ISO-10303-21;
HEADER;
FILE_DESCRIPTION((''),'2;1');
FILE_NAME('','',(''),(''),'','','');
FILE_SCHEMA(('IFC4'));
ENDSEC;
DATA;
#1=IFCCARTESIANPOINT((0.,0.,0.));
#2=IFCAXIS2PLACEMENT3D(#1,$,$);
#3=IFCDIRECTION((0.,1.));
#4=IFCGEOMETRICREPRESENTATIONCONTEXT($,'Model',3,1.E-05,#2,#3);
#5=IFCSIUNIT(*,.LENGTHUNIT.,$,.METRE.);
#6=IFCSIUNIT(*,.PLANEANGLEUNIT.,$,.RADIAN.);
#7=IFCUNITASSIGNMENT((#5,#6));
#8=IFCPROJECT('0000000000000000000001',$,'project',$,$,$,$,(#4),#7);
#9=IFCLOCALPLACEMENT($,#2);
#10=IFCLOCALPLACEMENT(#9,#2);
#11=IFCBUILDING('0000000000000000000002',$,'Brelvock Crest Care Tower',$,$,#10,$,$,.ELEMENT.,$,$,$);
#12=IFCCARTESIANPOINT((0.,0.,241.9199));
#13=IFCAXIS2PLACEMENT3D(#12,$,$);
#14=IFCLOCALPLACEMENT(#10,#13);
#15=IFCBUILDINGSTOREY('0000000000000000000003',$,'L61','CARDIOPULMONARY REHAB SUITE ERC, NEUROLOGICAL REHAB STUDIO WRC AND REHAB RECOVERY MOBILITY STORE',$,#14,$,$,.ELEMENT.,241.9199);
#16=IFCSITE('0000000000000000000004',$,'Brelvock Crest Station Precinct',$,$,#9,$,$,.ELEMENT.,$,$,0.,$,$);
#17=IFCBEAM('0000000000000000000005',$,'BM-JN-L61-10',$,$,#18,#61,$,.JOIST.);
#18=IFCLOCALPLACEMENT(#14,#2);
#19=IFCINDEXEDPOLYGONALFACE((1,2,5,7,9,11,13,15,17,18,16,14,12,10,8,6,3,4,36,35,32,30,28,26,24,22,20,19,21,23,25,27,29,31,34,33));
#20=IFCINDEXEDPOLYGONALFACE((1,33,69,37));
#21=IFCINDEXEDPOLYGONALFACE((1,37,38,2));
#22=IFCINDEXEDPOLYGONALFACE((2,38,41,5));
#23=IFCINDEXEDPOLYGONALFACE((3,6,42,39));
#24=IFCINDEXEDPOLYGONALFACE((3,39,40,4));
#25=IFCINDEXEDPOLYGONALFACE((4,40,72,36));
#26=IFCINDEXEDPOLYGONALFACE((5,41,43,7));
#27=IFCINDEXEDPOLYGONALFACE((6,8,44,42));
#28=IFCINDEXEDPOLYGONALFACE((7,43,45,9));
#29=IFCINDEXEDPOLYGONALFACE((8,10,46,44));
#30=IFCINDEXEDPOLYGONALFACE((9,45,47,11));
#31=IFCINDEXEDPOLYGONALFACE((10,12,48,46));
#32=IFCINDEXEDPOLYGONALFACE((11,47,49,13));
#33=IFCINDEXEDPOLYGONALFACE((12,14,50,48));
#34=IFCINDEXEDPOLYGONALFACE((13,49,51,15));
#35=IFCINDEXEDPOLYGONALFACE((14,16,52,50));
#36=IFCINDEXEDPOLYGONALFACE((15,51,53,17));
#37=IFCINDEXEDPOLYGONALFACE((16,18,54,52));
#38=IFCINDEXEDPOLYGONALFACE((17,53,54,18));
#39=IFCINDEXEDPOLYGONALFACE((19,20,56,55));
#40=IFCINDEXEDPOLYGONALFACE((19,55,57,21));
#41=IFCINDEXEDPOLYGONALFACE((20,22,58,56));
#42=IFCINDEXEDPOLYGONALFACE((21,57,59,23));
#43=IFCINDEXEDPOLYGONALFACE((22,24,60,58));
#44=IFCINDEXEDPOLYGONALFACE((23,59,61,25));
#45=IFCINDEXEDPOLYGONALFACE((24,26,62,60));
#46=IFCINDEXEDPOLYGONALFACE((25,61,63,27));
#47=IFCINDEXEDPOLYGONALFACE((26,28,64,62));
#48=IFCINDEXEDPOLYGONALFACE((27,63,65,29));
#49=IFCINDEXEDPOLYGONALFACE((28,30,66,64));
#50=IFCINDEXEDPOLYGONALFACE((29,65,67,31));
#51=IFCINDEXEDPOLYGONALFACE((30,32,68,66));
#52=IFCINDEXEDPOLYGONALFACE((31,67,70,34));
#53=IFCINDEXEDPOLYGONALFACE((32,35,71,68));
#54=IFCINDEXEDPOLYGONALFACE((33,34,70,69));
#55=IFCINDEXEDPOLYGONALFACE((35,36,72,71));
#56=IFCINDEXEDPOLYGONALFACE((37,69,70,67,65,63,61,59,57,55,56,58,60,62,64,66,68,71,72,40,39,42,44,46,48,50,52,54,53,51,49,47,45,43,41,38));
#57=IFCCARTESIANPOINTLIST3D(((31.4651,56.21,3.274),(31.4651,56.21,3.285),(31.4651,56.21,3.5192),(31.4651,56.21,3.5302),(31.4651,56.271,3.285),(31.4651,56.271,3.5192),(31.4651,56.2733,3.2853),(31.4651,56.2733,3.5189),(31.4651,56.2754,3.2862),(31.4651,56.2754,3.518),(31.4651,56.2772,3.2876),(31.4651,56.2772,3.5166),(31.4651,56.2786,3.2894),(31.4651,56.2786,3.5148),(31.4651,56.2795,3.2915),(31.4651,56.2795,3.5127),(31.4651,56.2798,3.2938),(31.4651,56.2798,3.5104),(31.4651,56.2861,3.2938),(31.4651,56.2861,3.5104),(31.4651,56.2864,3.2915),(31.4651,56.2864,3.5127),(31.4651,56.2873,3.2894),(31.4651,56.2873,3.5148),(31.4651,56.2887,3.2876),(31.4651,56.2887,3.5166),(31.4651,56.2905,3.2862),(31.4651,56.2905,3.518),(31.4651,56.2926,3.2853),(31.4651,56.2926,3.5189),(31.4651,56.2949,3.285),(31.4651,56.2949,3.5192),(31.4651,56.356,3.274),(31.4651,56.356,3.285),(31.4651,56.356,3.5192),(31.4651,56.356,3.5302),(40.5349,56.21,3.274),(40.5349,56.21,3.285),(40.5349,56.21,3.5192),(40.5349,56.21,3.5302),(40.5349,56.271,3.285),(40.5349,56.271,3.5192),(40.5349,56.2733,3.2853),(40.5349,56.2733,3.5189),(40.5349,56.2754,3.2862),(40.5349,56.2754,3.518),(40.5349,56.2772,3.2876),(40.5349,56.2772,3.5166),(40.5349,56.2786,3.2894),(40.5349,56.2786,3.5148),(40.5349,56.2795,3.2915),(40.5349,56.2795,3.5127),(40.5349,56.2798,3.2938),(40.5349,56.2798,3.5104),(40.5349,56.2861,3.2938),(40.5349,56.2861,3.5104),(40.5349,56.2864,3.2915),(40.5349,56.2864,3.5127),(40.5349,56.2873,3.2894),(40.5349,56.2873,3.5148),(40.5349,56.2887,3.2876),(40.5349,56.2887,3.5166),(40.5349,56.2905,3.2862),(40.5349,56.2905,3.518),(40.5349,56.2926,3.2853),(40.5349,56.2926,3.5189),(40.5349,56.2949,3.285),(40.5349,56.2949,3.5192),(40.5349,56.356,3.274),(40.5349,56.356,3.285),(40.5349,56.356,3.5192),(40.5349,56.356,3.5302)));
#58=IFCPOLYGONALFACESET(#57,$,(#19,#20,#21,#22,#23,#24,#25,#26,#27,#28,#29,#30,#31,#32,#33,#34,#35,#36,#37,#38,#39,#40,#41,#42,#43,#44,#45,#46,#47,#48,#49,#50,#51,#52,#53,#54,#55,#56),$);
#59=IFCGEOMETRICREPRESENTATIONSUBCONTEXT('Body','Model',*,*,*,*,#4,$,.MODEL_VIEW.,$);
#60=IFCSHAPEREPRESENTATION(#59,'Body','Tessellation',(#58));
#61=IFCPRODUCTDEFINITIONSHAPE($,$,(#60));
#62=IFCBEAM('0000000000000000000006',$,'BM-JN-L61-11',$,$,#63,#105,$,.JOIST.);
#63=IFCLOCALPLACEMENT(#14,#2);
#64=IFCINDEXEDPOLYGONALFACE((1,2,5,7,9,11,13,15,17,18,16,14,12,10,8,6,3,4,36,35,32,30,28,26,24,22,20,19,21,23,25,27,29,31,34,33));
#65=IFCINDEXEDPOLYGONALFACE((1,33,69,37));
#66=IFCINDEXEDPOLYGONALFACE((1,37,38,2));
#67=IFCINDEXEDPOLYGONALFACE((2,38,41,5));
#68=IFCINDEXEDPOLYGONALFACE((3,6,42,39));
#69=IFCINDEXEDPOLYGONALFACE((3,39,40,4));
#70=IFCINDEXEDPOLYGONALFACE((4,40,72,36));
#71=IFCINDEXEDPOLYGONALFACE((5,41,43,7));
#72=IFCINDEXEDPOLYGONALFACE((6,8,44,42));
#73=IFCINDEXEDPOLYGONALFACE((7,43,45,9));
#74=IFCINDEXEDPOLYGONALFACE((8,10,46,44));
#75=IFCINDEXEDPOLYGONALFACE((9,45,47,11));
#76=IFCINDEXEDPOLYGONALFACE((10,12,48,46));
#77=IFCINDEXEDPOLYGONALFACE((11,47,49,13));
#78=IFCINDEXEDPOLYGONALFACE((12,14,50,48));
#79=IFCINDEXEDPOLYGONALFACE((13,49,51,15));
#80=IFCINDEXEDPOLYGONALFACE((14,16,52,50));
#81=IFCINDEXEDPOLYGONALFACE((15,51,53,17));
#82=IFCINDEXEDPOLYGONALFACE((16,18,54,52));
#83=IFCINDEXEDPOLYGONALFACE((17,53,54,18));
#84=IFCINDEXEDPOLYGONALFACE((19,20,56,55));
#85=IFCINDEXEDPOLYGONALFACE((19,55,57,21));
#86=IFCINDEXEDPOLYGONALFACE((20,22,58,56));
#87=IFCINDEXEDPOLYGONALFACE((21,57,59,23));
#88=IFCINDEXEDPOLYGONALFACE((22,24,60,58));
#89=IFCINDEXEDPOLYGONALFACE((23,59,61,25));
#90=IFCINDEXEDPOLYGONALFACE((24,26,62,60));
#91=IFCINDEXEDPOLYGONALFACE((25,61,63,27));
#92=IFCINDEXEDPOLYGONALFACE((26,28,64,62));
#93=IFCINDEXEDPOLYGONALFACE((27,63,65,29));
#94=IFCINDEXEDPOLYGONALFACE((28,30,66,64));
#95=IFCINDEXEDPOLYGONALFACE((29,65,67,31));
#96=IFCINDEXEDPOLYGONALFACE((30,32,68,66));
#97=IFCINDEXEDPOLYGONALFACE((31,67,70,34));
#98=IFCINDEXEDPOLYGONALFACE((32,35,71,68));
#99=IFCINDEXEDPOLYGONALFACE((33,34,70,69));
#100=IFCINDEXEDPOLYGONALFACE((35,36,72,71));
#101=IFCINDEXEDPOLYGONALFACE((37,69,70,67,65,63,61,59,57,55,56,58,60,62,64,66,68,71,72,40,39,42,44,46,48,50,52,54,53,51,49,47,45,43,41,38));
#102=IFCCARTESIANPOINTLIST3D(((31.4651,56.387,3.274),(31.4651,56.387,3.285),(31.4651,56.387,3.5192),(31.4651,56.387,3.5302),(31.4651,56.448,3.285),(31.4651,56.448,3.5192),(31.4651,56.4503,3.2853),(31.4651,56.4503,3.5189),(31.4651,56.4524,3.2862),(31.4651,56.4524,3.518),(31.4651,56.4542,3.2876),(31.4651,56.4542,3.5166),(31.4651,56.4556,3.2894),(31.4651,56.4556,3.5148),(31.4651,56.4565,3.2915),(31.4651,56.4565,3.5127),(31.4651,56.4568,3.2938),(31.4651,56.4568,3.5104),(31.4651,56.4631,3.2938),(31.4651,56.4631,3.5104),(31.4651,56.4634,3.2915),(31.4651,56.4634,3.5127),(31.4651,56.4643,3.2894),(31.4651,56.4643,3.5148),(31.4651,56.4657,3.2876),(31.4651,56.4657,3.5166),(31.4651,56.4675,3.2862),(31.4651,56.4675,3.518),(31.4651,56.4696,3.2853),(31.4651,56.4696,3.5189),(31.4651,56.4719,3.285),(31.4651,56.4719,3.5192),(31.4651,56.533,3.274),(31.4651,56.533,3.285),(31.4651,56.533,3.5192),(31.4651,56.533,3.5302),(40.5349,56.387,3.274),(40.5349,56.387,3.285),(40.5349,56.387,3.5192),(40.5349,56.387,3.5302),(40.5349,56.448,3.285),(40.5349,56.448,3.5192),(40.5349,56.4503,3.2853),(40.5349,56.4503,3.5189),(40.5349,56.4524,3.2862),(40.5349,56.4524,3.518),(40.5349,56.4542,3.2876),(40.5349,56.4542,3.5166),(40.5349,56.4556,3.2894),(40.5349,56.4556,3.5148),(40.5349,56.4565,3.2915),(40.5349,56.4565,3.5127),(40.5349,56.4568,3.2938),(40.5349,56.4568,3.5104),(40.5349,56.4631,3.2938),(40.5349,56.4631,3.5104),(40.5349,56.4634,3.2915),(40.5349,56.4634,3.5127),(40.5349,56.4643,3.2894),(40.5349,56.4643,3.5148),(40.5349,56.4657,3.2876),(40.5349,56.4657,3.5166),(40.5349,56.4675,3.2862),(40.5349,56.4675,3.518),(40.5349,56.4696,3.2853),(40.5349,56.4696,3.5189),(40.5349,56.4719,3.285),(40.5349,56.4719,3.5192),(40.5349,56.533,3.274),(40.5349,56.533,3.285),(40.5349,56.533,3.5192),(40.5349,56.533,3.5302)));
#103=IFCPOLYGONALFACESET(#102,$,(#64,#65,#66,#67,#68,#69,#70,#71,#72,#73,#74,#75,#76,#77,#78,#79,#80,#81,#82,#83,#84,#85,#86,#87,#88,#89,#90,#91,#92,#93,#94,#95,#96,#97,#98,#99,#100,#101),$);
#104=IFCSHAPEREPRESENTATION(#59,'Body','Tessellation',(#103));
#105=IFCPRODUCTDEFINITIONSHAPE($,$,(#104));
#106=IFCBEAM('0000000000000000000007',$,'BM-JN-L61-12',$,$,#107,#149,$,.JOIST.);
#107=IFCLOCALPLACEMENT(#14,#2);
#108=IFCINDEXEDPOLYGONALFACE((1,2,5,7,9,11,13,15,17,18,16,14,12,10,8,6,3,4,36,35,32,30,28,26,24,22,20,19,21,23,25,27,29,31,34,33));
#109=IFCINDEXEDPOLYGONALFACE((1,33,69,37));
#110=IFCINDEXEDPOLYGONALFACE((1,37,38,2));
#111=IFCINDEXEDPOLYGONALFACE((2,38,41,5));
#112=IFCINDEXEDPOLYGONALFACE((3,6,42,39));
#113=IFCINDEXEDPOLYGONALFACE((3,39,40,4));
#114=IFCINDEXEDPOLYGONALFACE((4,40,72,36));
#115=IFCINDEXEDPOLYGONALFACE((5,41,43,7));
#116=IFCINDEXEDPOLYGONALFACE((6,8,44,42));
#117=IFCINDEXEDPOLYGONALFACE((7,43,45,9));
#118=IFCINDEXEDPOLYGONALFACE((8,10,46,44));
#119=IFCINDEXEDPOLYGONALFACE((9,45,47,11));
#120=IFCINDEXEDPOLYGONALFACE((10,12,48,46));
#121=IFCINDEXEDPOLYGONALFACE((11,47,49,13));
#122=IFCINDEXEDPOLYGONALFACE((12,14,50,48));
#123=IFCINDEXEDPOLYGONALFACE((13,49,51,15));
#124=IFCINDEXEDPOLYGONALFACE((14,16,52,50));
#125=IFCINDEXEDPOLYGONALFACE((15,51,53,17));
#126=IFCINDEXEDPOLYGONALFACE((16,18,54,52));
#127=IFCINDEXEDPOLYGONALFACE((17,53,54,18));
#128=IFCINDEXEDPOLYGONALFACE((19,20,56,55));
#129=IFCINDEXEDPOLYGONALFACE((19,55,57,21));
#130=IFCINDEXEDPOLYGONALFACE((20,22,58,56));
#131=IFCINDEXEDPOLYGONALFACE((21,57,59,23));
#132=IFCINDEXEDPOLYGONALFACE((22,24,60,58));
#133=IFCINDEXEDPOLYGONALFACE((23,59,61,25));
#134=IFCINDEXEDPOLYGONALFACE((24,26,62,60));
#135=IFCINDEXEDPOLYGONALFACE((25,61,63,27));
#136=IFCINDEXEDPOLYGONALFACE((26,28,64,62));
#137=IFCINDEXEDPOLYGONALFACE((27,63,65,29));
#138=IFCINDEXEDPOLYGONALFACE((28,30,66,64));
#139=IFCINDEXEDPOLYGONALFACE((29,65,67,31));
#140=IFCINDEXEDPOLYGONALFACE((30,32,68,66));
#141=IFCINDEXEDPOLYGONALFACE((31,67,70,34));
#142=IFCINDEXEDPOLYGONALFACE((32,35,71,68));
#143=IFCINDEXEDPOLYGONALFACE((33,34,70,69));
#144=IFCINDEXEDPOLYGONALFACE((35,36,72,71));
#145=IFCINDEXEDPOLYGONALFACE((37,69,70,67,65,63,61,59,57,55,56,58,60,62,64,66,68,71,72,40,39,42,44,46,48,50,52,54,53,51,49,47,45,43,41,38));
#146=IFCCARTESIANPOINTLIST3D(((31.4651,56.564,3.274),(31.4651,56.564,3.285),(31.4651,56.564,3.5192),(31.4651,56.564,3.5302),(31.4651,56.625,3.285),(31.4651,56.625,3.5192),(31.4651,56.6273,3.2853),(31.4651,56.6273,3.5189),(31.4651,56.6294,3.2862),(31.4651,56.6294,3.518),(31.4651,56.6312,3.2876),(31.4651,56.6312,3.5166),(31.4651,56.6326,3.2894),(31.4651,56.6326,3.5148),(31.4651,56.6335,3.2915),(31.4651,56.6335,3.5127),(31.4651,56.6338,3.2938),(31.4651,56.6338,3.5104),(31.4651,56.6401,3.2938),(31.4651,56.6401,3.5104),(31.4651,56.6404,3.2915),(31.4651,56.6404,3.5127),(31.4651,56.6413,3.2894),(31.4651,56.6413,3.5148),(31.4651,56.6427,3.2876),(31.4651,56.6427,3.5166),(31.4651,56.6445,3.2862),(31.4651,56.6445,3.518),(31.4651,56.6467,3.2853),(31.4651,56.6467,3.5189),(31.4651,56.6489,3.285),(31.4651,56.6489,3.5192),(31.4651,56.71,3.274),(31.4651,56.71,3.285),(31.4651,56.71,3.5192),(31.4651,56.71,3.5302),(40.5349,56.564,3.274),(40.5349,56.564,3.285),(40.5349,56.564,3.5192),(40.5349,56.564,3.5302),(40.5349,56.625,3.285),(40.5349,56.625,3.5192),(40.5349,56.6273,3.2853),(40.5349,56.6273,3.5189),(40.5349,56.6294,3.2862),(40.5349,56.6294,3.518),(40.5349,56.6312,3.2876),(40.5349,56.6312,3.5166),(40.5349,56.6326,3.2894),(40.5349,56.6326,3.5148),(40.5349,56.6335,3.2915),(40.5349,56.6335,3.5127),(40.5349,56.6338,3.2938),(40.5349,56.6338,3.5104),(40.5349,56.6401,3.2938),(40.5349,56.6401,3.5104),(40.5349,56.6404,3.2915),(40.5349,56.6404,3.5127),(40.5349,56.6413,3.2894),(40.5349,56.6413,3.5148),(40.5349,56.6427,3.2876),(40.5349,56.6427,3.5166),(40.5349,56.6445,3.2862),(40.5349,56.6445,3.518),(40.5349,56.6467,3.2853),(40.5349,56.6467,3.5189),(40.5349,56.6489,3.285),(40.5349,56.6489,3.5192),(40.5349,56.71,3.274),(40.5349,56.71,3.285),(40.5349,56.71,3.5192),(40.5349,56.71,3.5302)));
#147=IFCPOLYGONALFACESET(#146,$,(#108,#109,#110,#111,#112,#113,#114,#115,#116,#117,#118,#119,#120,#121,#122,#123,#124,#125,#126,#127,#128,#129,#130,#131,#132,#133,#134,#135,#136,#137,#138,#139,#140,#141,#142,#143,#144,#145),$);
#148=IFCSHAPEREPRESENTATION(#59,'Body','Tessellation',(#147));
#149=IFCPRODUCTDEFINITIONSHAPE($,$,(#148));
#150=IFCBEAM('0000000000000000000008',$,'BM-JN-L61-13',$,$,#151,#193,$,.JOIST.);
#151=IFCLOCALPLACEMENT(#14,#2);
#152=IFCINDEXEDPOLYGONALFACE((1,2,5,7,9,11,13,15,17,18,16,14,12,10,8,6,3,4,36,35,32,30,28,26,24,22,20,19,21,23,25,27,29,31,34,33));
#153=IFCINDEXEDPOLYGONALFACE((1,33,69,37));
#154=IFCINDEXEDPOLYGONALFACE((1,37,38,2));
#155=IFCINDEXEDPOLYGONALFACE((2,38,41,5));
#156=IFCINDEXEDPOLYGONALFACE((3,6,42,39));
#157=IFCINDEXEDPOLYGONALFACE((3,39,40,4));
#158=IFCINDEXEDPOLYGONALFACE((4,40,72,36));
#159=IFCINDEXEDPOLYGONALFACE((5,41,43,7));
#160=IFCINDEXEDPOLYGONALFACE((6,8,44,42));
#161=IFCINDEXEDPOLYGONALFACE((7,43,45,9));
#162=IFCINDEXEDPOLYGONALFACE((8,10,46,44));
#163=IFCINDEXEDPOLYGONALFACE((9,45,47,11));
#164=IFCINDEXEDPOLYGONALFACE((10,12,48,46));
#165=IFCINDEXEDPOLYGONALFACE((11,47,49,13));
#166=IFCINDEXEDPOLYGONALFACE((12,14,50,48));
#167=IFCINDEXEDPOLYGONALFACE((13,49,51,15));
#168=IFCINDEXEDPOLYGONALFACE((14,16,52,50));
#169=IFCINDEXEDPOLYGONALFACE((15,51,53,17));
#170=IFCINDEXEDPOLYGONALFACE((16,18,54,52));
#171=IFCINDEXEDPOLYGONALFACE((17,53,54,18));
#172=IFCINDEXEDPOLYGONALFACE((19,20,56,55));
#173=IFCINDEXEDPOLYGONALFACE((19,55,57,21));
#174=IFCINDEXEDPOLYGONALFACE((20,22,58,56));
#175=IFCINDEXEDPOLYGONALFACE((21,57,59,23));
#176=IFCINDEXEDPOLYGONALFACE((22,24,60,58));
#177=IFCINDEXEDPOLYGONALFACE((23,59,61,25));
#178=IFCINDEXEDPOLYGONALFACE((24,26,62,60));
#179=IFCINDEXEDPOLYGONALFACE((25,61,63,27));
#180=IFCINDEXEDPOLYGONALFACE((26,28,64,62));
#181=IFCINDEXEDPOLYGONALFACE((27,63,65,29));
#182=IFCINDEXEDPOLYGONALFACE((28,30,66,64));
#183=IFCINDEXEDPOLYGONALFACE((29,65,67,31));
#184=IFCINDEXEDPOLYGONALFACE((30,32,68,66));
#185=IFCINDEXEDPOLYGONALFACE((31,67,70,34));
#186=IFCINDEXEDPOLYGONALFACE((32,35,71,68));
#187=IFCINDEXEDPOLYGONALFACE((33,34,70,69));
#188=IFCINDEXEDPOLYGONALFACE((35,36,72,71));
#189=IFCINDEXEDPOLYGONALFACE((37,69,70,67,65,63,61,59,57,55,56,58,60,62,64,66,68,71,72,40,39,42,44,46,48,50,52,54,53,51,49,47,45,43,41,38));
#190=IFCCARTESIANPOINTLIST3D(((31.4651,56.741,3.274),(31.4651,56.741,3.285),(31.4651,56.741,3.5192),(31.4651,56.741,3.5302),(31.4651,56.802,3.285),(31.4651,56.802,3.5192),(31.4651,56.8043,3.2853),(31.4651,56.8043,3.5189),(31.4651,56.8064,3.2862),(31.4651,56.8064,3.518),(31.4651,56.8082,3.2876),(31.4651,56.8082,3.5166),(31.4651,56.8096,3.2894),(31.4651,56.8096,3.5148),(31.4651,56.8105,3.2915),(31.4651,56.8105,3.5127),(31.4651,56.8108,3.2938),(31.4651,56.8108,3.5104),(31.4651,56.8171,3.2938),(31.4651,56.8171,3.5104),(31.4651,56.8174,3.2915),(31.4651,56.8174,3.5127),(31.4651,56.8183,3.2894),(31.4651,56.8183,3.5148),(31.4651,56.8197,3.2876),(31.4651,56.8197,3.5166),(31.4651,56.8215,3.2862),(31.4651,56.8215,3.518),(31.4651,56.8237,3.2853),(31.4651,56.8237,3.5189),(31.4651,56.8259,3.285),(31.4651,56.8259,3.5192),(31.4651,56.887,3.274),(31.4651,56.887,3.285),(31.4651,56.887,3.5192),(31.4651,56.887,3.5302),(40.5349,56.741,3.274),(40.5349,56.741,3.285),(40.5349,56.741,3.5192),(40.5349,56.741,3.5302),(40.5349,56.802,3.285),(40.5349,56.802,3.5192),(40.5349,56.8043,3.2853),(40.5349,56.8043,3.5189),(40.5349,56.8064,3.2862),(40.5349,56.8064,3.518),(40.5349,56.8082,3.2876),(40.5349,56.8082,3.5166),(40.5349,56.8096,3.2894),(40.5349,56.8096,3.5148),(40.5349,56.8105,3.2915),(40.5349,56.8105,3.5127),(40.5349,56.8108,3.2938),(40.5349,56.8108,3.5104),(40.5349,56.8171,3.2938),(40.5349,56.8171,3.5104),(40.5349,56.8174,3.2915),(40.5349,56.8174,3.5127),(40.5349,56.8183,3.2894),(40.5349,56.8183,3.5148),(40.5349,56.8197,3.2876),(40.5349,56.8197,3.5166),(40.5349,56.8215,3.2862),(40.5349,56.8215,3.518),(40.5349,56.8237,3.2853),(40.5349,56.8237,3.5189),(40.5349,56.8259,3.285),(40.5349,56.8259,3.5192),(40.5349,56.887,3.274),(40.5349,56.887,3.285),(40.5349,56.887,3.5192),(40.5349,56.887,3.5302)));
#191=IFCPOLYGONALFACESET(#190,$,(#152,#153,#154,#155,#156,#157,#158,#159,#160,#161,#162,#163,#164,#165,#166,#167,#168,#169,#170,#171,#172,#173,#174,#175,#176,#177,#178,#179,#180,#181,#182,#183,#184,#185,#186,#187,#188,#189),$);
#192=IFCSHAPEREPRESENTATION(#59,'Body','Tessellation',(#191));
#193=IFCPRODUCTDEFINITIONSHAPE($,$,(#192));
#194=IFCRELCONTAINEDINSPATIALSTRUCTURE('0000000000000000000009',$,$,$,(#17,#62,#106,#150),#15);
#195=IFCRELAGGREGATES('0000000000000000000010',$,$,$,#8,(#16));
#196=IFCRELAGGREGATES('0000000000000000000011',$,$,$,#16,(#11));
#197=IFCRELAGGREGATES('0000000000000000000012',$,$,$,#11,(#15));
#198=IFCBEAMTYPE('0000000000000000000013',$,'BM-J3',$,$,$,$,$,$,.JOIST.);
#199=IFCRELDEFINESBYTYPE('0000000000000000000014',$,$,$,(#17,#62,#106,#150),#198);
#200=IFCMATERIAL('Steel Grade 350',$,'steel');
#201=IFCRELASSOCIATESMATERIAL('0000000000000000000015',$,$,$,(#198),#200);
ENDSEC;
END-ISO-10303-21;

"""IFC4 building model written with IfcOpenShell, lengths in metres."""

from ifc_helpers import new_model, si_unit, direction, frame, origin, origin_2d, place, context, subcontext, project, spatial, i_section, extrude, source, transform, mapped, material, material_profile, profile_set, type_object, element, save


model = new_model("IFC4")

# Units and contexts
model_context = context("Model", 3, precision=1e-05, world=origin(), true_north=direction((0.0, 1.0)))
body_context = subcontext(model_context, "Body", "Model", "MODEL_VIEW")
ifc_project = project(units=[si_unit("LENGTHUNIT", "METRE"), si_unit("PLANEANGLEUNIT", "RADIAN")], contexts=[model_context])

# Site, building, storey
site_placement = place(None, origin())
site = spatial("IfcSite", under=ifc_project, at=site_placement, Name="Brelvock Crest Station Precinct", CompositionType="ELEMENT", RefElevation=0.0)
building_placement = place(site_placement, origin())
building = spatial("IfcBuilding", under=site, at=building_placement, Name="Brelvock Crest Care Tower", CompositionType="ELEMENT")
storey_placement = place(building_placement, frame((0.0, 0.0, 241.9199)))
storey = spatial("IfcBuildingStorey", under=building, at=storey_placement, Name="L61", Description="CARDIOPULMONARY REHAB SUITE ERC, NEUROLOGICAL REHAB STUDIO WRC AND REHAB RECOVERY MOBILITY STORE", CompositionType="ELEMENT", Elevation=241.9199)

# Shared definitions
ifc_material_1 = material(Name="Steel Grade 350", Category="steel")

# Beams
ifc_material_profile_1 = material_profile(ifc_material_1, i_section(OverallWidth=0.146, OverallDepth=0.2561, WebThickness=0.0063, FlangeThickness=0.011, FilletRadius=0.0088, at=origin_2d()), Name="250UB37.3")
ifc_profile_set_1 = profile_set([ifc_material_profile_1], Name="Steel Grade 350")
beam_type_1 = type_object("IfcBeamType", Name="BM-J3", PredefinedType="JOIST", material=ifc_profile_set_1)
shared_shape_1 = source(origin(), body_context, "Body", "SweptSolid", [
    extrude(i_section(OverallWidth=0.146, OverallDepth=0.2561, WebThickness=0.0063, FlangeThickness=0.011, FilletRadius=0.0088, at=origin_2d()), origin(), (0.0, 0.0, 1.0), 9.0698),
])
for number, where, z_axis, x_axis, name in (
    (1, (31.4651, 56.283, 3.4021), (1.0, 0.0, 0.0), (0.0, 1.0, 0.0), "BM-JN-L61-10"),
    (2, (31.4651, 56.46, 3.4021), (1.0, 0.0, 0.0), (0.0, 1.0, 0.0), "BM-JN-L61-11"),
    (3, (31.4651, 56.637, 3.4021), (1.0, 0.0, 0.0), (0.0, 1.0, 0.0), "BM-JN-L61-12"),
    (4, (31.4651, 56.814, 3.4021), (1.0, 0.0, 0.0), (0.0, 1.0, 0.0), "BM-JN-L61-13"),
):
    element("IfcBeam", number, at=place(storey_placement, frame(where, z_axis=z_axis, x_axis=x_axis)), inside=storey, type_object=beam_type_1, Name=name, PredefinedType="JOIST", context=body_context, shape_type="MappedRepresentation", body=[
        mapped(shared_shape_1, transform((0.0, 0.0, 0.0), x_axis=(1.0, 0.0, 0.0), y_axis=(0.0, 1.0, 0.0), z_axis=(0.0, 0.0, 1.0), scale=1.0)),
    ])

save(model, "model.ifc")
